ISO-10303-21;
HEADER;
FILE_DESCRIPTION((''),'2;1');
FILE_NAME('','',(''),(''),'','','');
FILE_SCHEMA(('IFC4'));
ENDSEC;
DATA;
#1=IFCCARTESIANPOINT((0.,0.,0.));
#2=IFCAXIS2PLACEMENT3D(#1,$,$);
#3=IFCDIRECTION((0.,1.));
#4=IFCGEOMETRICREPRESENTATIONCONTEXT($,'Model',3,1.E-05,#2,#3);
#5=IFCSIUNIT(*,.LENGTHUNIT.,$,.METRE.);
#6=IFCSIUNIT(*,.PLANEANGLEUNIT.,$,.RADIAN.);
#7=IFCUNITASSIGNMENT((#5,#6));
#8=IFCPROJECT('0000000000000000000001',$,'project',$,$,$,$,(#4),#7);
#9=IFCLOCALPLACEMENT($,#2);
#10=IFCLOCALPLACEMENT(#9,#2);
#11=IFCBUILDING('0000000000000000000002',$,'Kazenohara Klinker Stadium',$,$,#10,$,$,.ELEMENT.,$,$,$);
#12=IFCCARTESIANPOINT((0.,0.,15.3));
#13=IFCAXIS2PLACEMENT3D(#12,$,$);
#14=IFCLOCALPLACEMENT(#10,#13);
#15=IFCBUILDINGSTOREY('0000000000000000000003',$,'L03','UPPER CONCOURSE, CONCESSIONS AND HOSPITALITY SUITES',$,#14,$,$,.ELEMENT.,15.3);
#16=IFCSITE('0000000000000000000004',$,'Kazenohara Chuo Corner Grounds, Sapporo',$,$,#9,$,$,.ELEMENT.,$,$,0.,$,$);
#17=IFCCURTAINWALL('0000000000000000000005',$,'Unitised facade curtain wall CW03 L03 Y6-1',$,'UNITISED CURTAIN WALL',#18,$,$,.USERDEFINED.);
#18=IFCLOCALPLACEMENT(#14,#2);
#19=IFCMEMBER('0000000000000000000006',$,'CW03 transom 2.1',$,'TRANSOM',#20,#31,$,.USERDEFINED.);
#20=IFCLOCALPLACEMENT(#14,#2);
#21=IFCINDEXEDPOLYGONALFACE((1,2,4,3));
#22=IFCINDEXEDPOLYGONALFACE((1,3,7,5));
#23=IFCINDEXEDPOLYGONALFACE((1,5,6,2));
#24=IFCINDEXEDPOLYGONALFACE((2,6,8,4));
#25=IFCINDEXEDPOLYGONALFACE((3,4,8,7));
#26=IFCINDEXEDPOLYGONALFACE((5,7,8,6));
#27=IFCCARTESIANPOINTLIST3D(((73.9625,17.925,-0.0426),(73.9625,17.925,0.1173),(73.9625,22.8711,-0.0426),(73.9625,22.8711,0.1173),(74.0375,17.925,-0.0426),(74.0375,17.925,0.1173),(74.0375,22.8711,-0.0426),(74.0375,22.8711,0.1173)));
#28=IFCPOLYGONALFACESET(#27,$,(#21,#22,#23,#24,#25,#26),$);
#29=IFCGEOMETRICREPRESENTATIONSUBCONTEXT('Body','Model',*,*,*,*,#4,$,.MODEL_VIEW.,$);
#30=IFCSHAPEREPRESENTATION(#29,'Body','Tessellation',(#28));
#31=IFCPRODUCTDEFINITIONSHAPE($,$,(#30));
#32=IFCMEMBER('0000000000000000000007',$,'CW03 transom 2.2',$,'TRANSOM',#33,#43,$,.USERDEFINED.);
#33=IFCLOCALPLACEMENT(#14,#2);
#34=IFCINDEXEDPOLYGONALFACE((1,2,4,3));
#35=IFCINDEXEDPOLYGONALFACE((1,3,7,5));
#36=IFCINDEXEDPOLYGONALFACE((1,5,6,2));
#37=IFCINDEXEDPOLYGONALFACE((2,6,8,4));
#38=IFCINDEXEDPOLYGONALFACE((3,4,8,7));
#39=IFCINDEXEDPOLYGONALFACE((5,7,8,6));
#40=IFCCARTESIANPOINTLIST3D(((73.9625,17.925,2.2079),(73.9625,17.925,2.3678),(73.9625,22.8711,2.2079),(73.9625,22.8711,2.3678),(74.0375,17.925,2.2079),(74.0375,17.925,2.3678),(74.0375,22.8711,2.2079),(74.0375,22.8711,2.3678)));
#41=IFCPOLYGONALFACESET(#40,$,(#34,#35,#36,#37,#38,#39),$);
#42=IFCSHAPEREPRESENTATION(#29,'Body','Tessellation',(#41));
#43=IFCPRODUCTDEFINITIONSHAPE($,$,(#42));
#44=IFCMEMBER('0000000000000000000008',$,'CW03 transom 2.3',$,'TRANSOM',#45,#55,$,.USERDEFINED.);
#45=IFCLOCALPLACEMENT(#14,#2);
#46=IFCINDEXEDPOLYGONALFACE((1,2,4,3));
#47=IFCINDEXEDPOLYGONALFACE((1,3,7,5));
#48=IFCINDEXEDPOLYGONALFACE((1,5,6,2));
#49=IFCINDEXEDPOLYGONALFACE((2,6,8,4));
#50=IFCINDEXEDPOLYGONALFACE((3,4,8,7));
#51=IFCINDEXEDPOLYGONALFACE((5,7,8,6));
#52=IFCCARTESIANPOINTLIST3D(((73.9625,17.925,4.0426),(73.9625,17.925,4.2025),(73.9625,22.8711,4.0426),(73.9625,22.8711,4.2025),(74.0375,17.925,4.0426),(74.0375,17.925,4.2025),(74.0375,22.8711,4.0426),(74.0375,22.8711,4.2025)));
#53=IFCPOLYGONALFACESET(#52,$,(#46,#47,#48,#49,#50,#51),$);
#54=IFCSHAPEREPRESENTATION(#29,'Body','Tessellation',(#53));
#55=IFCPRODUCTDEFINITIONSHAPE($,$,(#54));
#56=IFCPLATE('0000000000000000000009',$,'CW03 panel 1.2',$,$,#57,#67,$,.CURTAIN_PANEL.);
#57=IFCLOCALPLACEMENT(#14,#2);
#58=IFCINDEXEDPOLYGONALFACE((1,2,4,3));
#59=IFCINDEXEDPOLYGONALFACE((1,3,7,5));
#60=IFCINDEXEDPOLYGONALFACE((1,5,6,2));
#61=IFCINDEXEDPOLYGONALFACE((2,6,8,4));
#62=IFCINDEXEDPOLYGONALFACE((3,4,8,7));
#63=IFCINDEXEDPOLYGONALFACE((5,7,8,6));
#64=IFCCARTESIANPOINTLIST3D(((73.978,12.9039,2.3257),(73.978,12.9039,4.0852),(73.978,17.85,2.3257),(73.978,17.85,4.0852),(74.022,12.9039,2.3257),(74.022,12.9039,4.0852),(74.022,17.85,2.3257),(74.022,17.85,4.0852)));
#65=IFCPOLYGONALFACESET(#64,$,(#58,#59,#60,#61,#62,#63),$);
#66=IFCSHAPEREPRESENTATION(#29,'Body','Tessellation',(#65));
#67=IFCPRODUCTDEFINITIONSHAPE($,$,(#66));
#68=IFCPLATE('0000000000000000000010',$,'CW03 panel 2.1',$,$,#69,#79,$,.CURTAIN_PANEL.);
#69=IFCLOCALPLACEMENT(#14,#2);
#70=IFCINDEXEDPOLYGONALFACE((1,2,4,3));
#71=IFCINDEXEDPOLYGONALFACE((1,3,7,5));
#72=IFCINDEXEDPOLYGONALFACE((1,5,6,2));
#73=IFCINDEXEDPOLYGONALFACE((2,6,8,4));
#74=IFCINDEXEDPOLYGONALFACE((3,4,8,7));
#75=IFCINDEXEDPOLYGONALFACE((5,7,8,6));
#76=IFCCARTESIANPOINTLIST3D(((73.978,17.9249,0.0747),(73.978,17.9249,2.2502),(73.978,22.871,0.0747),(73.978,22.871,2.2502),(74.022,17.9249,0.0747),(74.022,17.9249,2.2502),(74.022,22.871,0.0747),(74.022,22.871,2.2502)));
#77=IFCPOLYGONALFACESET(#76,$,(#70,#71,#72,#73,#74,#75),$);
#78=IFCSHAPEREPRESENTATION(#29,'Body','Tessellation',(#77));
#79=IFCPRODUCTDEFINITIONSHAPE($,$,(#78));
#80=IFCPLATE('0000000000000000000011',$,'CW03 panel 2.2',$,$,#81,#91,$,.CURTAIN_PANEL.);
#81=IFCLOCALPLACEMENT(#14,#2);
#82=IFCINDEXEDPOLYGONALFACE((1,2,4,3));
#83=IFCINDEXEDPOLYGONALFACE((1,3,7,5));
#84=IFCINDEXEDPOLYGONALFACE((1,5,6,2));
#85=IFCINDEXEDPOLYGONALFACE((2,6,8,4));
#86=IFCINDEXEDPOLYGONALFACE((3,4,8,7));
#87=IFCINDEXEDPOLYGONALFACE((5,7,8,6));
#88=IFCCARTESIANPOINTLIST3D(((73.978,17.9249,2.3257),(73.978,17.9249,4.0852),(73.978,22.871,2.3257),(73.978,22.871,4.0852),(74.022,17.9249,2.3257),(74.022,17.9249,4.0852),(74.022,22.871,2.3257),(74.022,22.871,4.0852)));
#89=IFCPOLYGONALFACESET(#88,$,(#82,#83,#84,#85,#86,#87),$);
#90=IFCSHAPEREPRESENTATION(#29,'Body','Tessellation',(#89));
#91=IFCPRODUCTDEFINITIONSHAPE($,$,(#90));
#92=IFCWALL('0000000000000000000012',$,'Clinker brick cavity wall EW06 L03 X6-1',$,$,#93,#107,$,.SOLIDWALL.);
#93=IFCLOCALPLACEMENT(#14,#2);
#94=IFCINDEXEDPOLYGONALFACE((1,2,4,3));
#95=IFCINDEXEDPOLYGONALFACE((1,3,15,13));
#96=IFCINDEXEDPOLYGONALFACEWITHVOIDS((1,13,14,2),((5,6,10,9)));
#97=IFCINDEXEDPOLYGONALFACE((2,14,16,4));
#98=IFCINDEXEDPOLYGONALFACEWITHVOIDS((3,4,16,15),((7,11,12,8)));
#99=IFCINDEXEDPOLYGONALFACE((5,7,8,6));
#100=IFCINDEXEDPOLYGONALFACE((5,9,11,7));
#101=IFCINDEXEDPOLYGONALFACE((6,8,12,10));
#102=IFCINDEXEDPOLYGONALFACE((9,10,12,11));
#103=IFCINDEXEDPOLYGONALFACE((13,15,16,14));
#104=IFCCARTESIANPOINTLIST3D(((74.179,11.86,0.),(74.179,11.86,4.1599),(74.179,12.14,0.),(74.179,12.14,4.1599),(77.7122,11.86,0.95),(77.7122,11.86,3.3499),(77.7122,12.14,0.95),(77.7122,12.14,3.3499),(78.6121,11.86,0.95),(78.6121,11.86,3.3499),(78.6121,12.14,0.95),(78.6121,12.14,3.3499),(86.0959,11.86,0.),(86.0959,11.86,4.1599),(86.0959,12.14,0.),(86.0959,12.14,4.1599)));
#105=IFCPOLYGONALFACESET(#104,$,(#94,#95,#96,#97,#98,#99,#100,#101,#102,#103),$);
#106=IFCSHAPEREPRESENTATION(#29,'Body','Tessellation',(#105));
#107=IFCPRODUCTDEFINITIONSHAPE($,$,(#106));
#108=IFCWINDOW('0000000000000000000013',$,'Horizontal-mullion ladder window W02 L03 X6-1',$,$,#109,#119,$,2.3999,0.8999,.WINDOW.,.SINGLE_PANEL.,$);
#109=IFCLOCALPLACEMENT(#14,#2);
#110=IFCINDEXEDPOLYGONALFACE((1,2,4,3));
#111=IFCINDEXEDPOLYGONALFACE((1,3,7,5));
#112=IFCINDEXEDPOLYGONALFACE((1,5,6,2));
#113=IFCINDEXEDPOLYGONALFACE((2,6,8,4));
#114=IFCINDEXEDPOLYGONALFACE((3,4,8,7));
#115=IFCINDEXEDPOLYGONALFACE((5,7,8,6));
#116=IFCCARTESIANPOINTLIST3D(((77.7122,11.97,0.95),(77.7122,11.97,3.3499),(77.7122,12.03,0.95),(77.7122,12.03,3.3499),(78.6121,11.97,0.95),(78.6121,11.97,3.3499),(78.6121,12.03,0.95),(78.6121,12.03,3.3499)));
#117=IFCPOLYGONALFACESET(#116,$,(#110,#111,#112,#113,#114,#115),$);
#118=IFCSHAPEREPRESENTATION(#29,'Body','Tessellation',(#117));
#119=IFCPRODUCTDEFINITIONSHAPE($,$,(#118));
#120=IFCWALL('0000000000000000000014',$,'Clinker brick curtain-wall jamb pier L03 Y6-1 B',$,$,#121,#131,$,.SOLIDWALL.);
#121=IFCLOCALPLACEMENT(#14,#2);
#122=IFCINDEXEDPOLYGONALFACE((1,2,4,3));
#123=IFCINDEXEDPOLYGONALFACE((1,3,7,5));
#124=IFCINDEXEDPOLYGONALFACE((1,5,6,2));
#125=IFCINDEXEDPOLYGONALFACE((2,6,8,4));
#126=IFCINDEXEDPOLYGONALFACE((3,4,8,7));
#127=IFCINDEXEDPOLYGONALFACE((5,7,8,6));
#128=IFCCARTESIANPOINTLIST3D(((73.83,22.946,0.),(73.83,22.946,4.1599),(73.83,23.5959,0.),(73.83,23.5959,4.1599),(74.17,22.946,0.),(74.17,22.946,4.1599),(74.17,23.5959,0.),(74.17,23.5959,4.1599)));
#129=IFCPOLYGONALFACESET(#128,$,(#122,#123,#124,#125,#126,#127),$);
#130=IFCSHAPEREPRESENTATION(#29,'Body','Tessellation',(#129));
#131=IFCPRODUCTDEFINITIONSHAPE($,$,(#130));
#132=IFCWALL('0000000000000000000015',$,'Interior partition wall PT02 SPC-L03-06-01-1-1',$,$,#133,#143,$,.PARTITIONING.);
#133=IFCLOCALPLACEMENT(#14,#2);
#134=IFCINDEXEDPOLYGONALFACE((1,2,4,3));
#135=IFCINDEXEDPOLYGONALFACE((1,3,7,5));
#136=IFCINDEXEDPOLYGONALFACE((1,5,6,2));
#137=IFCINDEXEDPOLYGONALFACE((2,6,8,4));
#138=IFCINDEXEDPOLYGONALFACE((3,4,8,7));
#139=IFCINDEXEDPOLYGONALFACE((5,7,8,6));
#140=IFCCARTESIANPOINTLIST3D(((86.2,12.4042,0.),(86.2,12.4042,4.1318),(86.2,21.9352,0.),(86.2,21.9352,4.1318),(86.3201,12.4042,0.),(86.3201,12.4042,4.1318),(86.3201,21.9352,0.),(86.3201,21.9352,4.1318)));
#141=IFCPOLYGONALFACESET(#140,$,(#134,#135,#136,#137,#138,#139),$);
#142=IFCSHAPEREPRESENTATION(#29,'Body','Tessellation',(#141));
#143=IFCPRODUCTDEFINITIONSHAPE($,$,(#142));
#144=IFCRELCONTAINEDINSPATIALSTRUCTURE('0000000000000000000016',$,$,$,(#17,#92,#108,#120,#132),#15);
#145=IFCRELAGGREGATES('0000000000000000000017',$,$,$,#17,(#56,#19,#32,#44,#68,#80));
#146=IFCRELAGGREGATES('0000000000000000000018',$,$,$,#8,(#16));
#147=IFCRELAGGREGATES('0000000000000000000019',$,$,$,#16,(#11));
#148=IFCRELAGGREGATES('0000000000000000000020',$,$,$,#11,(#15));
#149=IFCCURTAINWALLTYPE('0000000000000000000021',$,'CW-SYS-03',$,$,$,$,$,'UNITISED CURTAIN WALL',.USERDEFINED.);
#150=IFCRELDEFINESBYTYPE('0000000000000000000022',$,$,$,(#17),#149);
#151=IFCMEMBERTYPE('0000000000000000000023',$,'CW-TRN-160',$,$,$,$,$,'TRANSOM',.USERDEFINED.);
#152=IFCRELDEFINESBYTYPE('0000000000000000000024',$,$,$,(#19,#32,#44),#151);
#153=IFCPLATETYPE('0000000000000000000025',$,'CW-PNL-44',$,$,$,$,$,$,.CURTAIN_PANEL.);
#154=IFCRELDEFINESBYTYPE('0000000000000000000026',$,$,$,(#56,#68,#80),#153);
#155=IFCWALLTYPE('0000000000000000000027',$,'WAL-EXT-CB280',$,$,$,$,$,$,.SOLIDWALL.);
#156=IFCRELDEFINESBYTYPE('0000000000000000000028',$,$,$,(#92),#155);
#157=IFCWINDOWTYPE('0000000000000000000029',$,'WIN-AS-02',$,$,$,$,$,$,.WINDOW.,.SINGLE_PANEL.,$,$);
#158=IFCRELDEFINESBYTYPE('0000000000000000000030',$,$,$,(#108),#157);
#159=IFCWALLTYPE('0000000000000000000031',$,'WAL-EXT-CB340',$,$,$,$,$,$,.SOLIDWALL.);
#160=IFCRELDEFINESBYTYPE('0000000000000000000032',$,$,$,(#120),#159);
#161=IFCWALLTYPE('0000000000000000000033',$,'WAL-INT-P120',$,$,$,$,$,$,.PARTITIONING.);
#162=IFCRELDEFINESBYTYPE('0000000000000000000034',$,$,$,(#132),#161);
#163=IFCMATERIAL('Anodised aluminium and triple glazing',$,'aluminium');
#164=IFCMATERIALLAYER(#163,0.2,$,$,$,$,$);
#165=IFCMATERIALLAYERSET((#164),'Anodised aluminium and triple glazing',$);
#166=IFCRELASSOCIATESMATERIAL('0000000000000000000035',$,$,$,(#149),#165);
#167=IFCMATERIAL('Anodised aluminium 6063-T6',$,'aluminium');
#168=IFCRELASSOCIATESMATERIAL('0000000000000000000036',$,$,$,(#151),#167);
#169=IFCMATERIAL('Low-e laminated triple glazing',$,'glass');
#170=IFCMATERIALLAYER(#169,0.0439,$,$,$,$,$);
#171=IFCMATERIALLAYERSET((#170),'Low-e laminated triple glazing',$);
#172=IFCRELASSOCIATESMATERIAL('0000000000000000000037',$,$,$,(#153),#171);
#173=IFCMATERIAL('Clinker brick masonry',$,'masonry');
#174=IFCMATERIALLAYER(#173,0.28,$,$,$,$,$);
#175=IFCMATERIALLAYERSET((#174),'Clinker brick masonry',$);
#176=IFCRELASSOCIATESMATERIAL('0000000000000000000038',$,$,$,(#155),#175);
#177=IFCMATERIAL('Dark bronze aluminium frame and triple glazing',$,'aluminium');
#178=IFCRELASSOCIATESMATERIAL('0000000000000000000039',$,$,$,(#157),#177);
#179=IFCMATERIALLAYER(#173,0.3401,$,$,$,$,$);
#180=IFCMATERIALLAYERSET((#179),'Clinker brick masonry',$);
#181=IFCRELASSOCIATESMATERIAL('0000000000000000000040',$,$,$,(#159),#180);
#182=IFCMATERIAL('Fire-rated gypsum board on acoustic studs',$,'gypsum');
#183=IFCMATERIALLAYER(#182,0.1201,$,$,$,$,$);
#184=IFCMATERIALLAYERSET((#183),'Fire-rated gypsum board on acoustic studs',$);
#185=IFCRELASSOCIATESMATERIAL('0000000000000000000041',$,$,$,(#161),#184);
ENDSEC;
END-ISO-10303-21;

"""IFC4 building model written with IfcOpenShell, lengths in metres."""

from ifc_helpers import new_model, si_unit, direction, frame, frame_2d, origin, origin_2d, place, context, subcontext, project, spatial, rectangle, extrude, material, layer, layer_set, material_profile, profile_set, type_object, element, fill, aggregate, save


model = new_model("IFC4")

# Units and contexts
model_context = context("Model", 3, precision=1e-05, world=origin(), true_north=direction((0.0, 1.0)))
body_context = subcontext(model_context, "Body", "Model", "MODEL_VIEW")
ifc_project = project(units=[si_unit("LENGTHUNIT", "METRE"), si_unit("PLANEANGLEUNIT", "RADIAN")], contexts=[model_context])

# Site, building, storey
site_placement = place(None, origin())
site = spatial("IfcSite", under=ifc_project, at=site_placement, Name="Kazenohara Chuo Corner Grounds, Sapporo", CompositionType="ELEMENT", RefElevation=0.0)
building_placement = place(site_placement, origin())
building = spatial("IfcBuilding", under=site, at=building_placement, Name="Kazenohara Klinker Stadium", CompositionType="ELEMENT")
storey_placement = place(building_placement, frame((0.0, 0.0, 15.3)))
storey = spatial("IfcBuildingStorey", under=building, at=storey_placement, Name="L03", Description="UPPER CONCOURSE, CONCESSIONS AND HOSPITALITY SUITES", CompositionType="ELEMENT", Elevation=15.3)

# Curtain wall, members, plates
ifc_material_1 = material(Name="Anodised aluminium and triple glazing", Category="aluminium")
ifc_layer_1 = layer(ifc_material_1, 0.2)
ifc_layer_set_1 = layer_set([ifc_layer_1], Name="Anodised aluminium and triple glazing")
curtain_wall_type = type_object("IfcCurtainWallType", Name="CW-SYS-03", ElementType="UNITISED CURTAIN WALL", PredefinedType="USERDEFINED", material=ifc_layer_set_1)
curtain_wall_placement = place(storey_placement, origin())
curtain_wall = element("IfcCurtainWall", 1, at=curtain_wall_placement, inside=storey, type_object=curtain_wall_type, Name="Unitised facade curtain wall CW03 L03 Y6-1", ObjectType="UNITISED CURTAIN WALL", PredefinedType="USERDEFINED")
ifc_material_2 = material(Name="Anodised aluminium 6063-T6", Category="aluminium")
ifc_material_profile_1 = material_profile(ifc_material_2, rectangle(XDim=0.075, YDim=0.1599, at=origin_2d()), Name="ALU-TRN-75x160")
ifc_profile_set_1 = profile_set([ifc_material_profile_1], Name="Anodised aluminium 6063-T6")
member_type_1 = type_object("IfcMemberType", Name="CW-TRN-160", ElementType="TRANSOM", PredefinedType="USERDEFINED", material=ifc_profile_set_1)
member_1_placement = place(storey_placement, frame((74.0, 17.925, 0.0374), z_axis=(0.0, 1.0, 0.0), x_axis=(-1.0, 0.0, 0.0)))
member_1 = element("IfcMember", 2, at=member_1_placement, type_object=member_type_1, Name="CW03 transom 2.1", ObjectType="TRANSOM", PredefinedType="USERDEFINED", context=body_context, shape_type="SweptSolid", body=[
    extrude(rectangle(XDim=0.075, YDim=0.1599, at=origin_2d()), origin(), (0.0, 0.0, 1.0), 4.946),
])
member_2_placement = place(storey_placement, frame((74.0, 17.925, 2.2878), z_axis=(0.0, 1.0, 0.0), x_axis=(-1.0, 0.0, 0.0)))
member_2 = element("IfcMember", 3, at=member_2_placement, type_object=member_type_1, Name="CW03 transom 2.2", ObjectType="TRANSOM", PredefinedType="USERDEFINED", context=body_context, shape_type="SweptSolid", body=[
    extrude(rectangle(XDim=0.075, YDim=0.1599, at=origin_2d()), origin(), (0.0, 0.0, 1.0), 4.946),
])
member_3_placement = place(storey_placement, frame((74.0, 17.925, 4.1226), z_axis=(0.0, 1.0, 0.0), x_axis=(-1.0, 0.0, 0.0)))
member_3 = element("IfcMember", 4, at=member_3_placement, type_object=member_type_1, Name="CW03 transom 2.3", ObjectType="TRANSOM", PredefinedType="USERDEFINED", context=body_context, shape_type="SweptSolid", body=[
    extrude(rectangle(XDim=0.075, YDim=0.1599, at=origin_2d()), origin(), (0.0, 0.0, 1.0), 4.946),
])
ifc_material_3 = material(Name="Low-e laminated triple glazing", Category="glass")
ifc_layer_2 = layer(ifc_material_3, 0.0439)
ifc_layer_set_2 = layer_set([ifc_layer_2], Name="Low-e laminated triple glazing")
plate_type = type_object("IfcPlateType", Name="CW-PNL-44", PredefinedType="CURTAIN_PANEL", material=ifc_layer_set_2)
plate_1_placement = place(storey_placement, frame((74.0, 15.377, 2.3257), z_axis=(0.0, 0.0, 1.0), x_axis=(0.0, 1.0, 0.0)))
plate_1 = element("IfcPlate", 5, at=plate_1_placement, type_object=plate_type, Name="CW03 panel 1.2", PredefinedType="CURTAIN_PANEL", context=body_context, shape_type="SweptSolid", body=[
    extrude(rectangle(XDim=4.946, YDim=0.0439, at=origin_2d()), origin(), (0.0, 0.0, 1.0), 1.7595),
])
plate_2_placement = place(storey_placement, frame((74.0, 20.3979, 0.0747), z_axis=(0.0, 0.0, 1.0), x_axis=(0.0, 1.0, 0.0)))
plate_2 = element("IfcPlate", 6, at=plate_2_placement, type_object=plate_type, Name="CW03 panel 2.1", PredefinedType="CURTAIN_PANEL", context=body_context, shape_type="SweptSolid", body=[
    extrude(rectangle(XDim=4.946, YDim=0.0439, at=origin_2d()), origin(), (0.0, 0.0, 1.0), 2.1755),
])
plate_3_placement = place(storey_placement, frame((74.0, 20.3979, 2.3257), z_axis=(0.0, 0.0, 1.0), x_axis=(0.0, 1.0, 0.0)))
plate_3 = element("IfcPlate", 7, at=plate_3_placement, type_object=plate_type, Name="CW03 panel 2.2", PredefinedType="CURTAIN_PANEL", context=body_context, shape_type="SweptSolid", body=[
    extrude(rectangle(XDim=4.946, YDim=0.0439, at=origin_2d()), origin(), (0.0, 0.0, 1.0), 1.7595),
])
aggregate(curtain_wall, [plate_1, member_1, member_2, member_3, plate_2, plate_3])

# Wall, opening, window
ifc_material_4 = material(Name="Clinker brick masonry", Category="masonry")
ifc_layer_3 = layer(ifc_material_4, 0.28)
ifc_layer_set_3 = layer_set([ifc_layer_3], Name="Clinker brick masonry")
wall_type_1 = type_object("IfcWallType", Name="WAL-EXT-CB280", PredefinedType="SOLIDWALL", material=ifc_layer_set_3)
wall_1_placement = place(storey_placement, frame((74.179, 12.0, 0.0), z_axis=(0.0, 0.0, 1.0), x_axis=(1.0, 0.0, 0.0)))
wall_1 = element("IfcWall", 8, at=wall_1_placement, inside=storey, type_object=wall_type_1, Name="Clinker brick cavity wall EW06 L03 X6-1", PredefinedType="SOLIDWALL", context=body_context, shape_type="SweptSolid", body=[
    extrude(rectangle(XDim=11.917, YDim=0.28, at=frame_2d((5.9585, 0.0))), origin(), (0.0, 0.0, 1.0), 4.1599),
])
opening_1_placement = place(wall_1_placement, frame((3.5332, 0.0, 0.95)))
opening_1 = element("IfcOpeningElement", 9, at=opening_1_placement, cuts=wall_1, PredefinedType="OPENING", context=body_context, shape_type="SweptSolid", body=[
    extrude(rectangle(XDim=0.8999, YDim=2.3999, at=frame_2d((0.45, 1.2))), frame((0.0, 0.1499, 0.0), z_axis=(0.0, -1.0, 0.0), x_axis=(1.0, 0.0, 0.0)), (0.0, 0.0, 1.0), 0.3),
])
ifc_material_5 = material(Name="Dark bronze aluminium frame and triple glazing", Category="aluminium")
window_type = type_object("IfcWindowType", Name="WIN-AS-02", PartitioningType="SINGLE_PANEL", PredefinedType="WINDOW", material=ifc_material_5)
window_placement = place(opening_1_placement, origin())
window = element("IfcWindow", 10, at=window_placement, inside=storey, type_object=window_type, Name="Horizontal-mullion ladder window W02 L03 X6-1", OverallHeight=2.3999, OverallWidth=0.8999, PartitioningType="SINGLE_PANEL", PredefinedType="WINDOW", context=body_context, shape_type="SweptSolid", body=[
    extrude(rectangle(XDim=0.8999, YDim=2.3999, at=frame_2d((0.45, 1.2))), frame((0.0, 0.03, 0.0), z_axis=(0.0, -1.0, 0.0), x_axis=(1.0, 0.0, 0.0)), (0.0, 0.0, 1.0), 0.0601),
])
fill(opening_1, window)

# Walls
ifc_layer_4 = layer(ifc_material_4, 0.3401)
ifc_layer_set_4 = layer_set([ifc_layer_4], Name="Clinker brick masonry")
wall_type_2 = type_object("IfcWallType", Name="WAL-EXT-CB340", PredefinedType="SOLIDWALL", material=ifc_layer_set_4)
wall_2_placement = place(storey_placement, frame((74.0, 22.946, 0.0), z_axis=(0.0, 0.0, 1.0), x_axis=(0.0, 1.0, 0.0)))
element("IfcWall", 11, at=wall_2_placement, inside=storey, type_object=wall_type_2, Name="Clinker brick curtain-wall jamb pier L03 Y6-1 B", PredefinedType="SOLIDWALL", context=body_context, shape_type="SweptSolid", body=[
    extrude(rectangle(XDim=0.6499, YDim=0.3401, at=frame_2d((0.325, 0.0))), origin(), (0.0, 0.0, 1.0), 4.1599),
])
ifc_material_6 = material(Name="Fire-rated gypsum board on acoustic studs", Category="gypsum")
ifc_layer_5 = layer(ifc_material_6, 0.1201)
ifc_layer_set_5 = layer_set([ifc_layer_5], Name="Fire-rated gypsum board on acoustic studs")
wall_type_3 = type_object("IfcWallType", Name="WAL-INT-P120", PredefinedType="PARTITIONING", material=ifc_layer_set_5)
wall_3_placement = place(storey_placement, frame((86.26, 12.4041, 0.0), z_axis=(0.0, 0.0, 1.0), x_axis=(0.0, 1.0, 0.0)))
element("IfcWall", 12, at=wall_3_placement, inside=storey, type_object=wall_type_3, Name="Interior partition wall PT02 SPC-L03-06-01-1-1", PredefinedType="PARTITIONING", context=body_context, shape_type="SweptSolid", body=[
    extrude(rectangle(XDim=9.531, YDim=0.1201, at=frame_2d((4.7656, 0.0))), origin(), (0.0, 0.0, 1.0), 4.1318),
])

save(model, "model.ifc")
